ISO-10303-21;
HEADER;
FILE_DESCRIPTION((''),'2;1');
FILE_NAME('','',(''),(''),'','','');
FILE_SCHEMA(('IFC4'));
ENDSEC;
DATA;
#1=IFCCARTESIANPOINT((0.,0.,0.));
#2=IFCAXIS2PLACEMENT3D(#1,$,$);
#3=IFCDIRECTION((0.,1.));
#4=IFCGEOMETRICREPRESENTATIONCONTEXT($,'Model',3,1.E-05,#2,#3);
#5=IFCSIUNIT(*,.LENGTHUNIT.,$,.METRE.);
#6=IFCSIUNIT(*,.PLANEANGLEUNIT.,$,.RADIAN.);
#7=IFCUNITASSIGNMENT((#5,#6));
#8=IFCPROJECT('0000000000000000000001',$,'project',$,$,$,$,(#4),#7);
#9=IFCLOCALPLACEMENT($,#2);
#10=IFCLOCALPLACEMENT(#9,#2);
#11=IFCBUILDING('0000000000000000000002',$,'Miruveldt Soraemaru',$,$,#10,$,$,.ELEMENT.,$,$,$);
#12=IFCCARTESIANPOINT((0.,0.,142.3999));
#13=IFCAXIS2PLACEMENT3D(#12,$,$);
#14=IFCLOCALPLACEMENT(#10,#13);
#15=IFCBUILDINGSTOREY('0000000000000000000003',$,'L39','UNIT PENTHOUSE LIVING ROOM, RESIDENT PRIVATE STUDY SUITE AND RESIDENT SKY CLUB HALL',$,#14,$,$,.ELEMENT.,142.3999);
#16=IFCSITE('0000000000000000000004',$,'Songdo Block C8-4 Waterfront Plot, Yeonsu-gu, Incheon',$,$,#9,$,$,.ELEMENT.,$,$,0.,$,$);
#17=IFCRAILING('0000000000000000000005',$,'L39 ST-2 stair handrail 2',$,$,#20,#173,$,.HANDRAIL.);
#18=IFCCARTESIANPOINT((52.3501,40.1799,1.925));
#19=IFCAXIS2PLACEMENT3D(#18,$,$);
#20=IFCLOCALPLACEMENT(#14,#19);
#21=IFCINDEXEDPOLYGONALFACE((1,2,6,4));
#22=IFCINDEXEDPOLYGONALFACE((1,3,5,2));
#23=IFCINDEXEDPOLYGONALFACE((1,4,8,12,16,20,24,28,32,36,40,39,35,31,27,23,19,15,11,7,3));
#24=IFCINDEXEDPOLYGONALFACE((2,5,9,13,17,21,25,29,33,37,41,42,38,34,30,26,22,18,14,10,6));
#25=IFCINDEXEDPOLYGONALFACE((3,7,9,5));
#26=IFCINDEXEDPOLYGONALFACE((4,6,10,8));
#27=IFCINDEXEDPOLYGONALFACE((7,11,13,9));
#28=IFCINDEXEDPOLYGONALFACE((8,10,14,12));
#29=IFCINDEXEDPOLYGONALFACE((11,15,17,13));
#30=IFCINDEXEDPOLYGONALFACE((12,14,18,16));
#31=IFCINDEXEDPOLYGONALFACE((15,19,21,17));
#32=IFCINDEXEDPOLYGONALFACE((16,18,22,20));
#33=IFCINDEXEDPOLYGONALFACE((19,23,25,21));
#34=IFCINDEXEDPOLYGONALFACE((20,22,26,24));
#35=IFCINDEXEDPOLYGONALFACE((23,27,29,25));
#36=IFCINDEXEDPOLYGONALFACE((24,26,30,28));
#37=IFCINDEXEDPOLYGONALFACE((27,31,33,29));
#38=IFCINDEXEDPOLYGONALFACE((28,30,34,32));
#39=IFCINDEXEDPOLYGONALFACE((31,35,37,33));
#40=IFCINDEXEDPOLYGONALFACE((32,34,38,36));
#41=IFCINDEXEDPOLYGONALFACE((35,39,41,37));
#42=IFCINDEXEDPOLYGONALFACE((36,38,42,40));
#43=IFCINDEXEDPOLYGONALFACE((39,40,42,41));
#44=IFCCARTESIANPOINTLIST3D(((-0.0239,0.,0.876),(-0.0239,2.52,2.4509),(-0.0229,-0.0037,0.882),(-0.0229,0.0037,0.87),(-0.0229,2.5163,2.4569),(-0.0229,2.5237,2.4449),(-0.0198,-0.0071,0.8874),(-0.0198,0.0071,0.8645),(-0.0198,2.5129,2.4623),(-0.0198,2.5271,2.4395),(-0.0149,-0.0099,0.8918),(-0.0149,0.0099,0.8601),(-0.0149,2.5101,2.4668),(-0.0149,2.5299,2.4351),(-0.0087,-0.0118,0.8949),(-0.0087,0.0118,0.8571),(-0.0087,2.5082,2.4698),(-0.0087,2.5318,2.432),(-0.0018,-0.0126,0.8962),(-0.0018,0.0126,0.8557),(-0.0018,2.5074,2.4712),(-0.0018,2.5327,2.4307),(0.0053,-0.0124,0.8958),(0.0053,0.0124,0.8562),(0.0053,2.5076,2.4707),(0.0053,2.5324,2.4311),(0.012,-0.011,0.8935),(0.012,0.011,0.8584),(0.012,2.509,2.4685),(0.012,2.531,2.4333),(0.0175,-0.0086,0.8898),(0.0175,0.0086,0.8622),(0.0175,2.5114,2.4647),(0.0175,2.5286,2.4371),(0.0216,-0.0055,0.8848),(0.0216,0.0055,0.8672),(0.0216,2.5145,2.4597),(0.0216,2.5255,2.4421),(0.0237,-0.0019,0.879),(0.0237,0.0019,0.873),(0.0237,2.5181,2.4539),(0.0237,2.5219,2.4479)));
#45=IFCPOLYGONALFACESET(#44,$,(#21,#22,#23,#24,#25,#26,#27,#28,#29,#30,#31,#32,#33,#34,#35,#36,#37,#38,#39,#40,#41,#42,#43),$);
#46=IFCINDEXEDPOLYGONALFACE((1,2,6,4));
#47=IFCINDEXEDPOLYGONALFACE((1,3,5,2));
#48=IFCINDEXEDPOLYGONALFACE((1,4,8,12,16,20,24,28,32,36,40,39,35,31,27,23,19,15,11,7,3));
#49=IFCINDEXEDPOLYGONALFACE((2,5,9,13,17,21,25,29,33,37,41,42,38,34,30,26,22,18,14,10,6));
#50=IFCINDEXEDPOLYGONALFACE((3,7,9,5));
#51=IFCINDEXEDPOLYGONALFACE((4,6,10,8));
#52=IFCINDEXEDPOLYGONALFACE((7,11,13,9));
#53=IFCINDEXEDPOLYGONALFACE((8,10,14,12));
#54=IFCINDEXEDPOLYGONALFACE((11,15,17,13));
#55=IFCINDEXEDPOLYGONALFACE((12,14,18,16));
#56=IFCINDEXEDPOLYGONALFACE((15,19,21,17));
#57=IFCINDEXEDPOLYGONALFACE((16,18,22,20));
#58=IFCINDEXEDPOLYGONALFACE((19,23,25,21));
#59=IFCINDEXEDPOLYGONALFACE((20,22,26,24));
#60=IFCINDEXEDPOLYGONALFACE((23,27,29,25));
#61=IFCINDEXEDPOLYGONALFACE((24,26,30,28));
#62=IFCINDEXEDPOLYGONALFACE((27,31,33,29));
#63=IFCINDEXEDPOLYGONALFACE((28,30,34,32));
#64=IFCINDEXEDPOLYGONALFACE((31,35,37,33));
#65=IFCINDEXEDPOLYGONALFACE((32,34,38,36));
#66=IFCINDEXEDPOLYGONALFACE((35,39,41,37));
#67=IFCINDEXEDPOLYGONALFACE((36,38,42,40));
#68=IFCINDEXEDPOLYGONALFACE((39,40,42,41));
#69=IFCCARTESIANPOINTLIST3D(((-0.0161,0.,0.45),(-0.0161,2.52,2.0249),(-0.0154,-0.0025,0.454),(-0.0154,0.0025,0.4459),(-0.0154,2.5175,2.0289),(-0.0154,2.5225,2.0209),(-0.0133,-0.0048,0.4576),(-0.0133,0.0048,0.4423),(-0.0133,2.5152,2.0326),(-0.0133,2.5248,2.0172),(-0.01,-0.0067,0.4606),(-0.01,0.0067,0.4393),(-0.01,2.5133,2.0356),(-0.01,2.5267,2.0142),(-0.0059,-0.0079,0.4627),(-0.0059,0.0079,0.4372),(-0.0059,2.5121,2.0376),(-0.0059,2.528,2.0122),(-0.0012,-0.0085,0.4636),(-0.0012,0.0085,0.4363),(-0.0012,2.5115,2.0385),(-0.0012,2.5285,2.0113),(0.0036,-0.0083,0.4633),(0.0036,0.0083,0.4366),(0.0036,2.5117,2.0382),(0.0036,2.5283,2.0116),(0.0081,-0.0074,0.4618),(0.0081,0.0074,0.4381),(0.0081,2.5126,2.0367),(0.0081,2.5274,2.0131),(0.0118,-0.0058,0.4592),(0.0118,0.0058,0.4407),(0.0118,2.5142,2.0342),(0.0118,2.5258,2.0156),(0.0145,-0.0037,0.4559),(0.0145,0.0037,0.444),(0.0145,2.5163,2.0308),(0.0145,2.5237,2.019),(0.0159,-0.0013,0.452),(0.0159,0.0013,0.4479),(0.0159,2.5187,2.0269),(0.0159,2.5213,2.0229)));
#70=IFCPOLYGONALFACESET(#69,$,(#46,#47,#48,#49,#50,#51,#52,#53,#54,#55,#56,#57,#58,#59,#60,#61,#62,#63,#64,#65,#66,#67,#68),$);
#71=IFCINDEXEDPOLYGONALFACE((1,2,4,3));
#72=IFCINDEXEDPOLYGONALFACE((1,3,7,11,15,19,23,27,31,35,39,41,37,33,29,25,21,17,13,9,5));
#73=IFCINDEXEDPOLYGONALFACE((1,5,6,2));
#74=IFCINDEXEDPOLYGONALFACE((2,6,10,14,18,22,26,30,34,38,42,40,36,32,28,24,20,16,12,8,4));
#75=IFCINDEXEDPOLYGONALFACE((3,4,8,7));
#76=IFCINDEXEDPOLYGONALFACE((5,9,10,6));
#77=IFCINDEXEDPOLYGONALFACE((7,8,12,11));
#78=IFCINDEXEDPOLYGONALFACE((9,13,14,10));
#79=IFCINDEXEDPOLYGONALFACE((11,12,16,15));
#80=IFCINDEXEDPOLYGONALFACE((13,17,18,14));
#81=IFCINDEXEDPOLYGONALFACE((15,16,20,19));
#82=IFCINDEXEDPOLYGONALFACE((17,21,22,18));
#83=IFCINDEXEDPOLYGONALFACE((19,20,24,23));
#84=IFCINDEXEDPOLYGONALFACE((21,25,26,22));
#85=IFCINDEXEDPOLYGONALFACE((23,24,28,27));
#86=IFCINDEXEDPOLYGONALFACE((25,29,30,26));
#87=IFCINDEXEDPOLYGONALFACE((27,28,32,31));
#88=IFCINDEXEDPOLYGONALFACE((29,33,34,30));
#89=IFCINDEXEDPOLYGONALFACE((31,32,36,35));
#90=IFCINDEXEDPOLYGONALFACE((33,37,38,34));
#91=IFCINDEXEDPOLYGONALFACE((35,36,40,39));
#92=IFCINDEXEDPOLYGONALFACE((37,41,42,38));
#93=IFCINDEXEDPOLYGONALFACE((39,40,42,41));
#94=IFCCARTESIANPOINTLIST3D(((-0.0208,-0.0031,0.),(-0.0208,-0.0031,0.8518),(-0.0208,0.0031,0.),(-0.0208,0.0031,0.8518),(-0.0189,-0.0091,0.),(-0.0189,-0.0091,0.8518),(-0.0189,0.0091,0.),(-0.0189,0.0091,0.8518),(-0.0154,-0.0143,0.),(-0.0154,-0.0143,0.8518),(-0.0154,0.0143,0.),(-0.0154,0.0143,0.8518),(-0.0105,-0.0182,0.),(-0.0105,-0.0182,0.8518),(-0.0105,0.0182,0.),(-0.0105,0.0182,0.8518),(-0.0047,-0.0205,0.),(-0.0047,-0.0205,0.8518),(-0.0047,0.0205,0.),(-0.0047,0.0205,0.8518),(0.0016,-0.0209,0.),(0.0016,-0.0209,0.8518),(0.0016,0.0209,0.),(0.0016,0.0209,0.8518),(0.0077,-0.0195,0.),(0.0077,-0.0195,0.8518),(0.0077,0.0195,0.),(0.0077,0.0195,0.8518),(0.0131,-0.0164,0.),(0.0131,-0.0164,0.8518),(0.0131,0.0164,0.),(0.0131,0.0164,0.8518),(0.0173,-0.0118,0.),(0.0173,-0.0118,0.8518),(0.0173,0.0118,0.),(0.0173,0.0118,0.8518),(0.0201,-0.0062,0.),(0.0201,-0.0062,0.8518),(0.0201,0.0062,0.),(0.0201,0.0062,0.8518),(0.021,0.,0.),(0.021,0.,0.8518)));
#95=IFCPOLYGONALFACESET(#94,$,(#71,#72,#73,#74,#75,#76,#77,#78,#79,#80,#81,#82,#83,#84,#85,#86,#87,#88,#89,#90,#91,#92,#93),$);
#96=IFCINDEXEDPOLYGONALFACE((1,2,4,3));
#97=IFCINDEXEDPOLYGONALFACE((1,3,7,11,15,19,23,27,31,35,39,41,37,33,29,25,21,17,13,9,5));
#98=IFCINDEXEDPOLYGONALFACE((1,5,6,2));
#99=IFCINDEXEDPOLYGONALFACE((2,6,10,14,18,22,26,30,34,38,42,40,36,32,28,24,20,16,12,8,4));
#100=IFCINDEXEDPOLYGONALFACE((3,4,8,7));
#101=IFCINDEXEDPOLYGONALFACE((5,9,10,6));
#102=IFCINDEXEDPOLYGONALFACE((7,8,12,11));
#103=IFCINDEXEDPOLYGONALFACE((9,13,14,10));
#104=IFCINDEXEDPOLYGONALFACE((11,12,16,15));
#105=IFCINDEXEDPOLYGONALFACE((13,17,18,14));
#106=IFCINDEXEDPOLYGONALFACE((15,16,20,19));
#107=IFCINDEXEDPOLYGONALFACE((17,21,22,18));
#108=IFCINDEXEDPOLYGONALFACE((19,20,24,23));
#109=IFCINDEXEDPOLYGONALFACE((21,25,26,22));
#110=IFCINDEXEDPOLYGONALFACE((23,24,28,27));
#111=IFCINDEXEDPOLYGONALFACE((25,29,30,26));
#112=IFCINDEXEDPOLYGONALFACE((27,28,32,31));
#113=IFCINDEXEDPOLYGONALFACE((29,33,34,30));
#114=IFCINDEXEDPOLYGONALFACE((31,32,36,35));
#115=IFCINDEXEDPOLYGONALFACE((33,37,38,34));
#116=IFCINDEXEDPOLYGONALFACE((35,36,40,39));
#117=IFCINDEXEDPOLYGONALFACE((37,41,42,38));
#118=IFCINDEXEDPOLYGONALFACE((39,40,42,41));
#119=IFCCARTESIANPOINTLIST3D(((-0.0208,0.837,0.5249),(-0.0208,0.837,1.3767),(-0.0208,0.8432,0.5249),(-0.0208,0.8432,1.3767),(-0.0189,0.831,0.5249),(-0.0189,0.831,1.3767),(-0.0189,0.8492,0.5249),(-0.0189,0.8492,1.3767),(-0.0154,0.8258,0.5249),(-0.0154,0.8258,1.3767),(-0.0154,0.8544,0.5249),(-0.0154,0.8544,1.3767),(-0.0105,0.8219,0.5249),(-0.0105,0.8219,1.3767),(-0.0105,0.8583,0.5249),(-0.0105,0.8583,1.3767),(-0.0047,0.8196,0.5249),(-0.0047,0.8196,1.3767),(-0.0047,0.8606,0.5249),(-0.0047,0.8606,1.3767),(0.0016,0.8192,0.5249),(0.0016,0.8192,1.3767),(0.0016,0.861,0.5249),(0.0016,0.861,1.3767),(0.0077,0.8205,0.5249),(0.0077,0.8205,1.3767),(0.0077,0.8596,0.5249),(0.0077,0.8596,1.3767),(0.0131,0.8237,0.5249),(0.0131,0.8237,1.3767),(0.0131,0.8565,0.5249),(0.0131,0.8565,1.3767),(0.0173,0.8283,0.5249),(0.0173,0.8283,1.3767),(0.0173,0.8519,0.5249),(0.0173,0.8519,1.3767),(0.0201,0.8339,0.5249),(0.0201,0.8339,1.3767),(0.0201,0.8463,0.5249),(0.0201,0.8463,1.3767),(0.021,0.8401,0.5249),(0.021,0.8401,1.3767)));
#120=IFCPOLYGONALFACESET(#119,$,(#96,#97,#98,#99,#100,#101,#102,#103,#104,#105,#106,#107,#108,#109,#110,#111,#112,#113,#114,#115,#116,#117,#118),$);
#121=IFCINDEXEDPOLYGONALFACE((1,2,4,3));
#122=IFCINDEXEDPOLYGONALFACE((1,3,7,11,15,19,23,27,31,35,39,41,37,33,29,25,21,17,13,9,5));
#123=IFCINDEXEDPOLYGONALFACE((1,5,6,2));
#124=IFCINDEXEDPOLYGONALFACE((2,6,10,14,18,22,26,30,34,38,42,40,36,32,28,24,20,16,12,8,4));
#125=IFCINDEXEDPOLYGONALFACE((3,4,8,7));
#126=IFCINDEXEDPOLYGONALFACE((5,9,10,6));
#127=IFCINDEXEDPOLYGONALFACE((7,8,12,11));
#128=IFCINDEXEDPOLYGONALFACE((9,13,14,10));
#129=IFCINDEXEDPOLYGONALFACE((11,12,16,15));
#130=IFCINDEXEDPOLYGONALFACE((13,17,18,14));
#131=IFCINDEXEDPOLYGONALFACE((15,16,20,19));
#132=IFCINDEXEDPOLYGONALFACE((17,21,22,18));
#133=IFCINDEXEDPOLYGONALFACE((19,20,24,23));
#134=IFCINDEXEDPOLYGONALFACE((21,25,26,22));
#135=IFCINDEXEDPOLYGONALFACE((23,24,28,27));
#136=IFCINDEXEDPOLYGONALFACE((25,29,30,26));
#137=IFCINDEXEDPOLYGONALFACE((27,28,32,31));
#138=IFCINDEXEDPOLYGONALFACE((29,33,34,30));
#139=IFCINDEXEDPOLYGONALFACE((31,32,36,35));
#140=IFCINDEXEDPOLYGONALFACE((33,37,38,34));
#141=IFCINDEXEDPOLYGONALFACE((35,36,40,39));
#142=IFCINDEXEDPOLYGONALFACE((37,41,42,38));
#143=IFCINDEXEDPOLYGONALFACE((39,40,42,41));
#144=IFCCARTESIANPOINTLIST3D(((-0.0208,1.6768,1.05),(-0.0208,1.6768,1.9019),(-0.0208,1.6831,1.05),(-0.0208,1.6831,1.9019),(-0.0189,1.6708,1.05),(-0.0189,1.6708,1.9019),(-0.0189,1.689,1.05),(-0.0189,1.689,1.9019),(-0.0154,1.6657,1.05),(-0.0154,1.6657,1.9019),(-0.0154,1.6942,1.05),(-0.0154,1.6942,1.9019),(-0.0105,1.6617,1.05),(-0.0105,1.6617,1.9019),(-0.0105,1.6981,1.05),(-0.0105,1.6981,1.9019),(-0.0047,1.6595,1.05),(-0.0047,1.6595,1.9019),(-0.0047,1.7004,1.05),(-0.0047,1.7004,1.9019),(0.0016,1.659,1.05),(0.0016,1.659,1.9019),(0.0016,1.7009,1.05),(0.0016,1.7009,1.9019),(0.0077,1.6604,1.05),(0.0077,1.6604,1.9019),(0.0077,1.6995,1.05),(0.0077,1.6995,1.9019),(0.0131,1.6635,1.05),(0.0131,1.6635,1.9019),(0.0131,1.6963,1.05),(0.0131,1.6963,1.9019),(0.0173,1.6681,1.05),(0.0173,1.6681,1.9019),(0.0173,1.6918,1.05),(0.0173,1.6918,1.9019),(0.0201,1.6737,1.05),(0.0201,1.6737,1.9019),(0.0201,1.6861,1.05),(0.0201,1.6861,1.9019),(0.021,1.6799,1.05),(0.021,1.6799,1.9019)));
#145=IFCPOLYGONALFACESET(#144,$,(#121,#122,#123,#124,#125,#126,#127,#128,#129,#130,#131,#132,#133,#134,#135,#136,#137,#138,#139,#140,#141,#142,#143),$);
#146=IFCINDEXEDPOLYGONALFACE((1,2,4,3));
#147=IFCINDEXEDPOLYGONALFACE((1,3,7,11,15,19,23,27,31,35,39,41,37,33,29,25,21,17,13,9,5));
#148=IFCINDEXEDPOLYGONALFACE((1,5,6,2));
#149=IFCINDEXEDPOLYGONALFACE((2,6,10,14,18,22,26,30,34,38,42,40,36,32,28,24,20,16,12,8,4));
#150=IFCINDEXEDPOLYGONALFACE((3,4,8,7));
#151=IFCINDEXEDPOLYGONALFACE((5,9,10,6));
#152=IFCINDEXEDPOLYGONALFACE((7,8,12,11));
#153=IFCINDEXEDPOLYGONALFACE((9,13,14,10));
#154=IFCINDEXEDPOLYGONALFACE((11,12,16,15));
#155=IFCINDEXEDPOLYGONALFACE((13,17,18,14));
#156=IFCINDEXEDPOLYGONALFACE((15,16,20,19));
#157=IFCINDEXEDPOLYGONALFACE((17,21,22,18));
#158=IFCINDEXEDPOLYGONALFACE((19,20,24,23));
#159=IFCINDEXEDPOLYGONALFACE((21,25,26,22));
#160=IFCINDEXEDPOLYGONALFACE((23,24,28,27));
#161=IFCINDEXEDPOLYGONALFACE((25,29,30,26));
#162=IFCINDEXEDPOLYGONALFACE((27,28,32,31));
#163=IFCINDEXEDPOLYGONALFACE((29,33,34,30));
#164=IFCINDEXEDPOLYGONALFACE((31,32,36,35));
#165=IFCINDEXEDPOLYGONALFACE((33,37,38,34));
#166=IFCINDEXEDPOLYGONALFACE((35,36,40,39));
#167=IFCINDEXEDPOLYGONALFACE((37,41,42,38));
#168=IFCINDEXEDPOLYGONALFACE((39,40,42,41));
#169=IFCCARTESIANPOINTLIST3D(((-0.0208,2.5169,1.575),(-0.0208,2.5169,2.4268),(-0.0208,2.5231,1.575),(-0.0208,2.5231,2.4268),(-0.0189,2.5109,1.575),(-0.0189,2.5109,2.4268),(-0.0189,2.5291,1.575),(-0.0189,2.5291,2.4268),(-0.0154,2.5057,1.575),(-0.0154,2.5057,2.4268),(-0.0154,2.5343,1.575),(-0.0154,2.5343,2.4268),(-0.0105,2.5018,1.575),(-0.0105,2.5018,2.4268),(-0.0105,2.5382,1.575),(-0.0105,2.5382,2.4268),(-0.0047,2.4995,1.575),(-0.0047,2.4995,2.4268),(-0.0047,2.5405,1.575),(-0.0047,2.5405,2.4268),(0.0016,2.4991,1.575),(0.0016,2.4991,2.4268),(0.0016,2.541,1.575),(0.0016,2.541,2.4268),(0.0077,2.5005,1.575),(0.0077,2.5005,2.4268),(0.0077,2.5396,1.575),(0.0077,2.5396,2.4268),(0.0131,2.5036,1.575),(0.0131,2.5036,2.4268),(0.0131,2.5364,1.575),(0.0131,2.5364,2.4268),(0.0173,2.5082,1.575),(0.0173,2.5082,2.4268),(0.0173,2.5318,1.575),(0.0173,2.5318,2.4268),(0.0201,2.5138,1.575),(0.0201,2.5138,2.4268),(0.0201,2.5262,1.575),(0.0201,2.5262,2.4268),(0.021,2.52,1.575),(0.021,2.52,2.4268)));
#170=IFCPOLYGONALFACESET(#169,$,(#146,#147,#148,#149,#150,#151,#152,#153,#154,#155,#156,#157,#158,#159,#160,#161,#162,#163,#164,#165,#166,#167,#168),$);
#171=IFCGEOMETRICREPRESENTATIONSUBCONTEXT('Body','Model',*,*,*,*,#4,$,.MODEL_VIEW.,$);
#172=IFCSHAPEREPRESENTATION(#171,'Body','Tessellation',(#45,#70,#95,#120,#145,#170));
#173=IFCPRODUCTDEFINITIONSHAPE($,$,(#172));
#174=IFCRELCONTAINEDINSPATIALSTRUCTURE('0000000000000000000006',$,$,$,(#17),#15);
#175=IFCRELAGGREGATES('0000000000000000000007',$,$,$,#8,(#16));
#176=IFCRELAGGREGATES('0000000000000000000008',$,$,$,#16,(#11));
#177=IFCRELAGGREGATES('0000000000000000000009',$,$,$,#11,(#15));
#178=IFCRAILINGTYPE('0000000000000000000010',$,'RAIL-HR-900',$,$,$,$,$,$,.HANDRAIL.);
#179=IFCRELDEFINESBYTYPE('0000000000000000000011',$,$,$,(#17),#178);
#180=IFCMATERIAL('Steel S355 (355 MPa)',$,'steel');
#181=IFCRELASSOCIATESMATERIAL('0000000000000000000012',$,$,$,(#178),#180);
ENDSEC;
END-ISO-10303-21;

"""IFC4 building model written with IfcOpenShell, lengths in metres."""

from ifc_helpers import new_model, si_unit, direction, frame, origin, origin_2d, place, context, subcontext, project, spatial, circle, extrude, material, type_object, element, save


model = new_model("IFC4")

# Units and contexts
model_context = context("Model", 3, precision=1e-05, world=origin(), true_north=direction((0.0, 1.0)))
body_context = subcontext(model_context, "Body", "Model", "MODEL_VIEW")
ifc_project = project(units=[si_unit("LENGTHUNIT", "METRE"), si_unit("PLANEANGLEUNIT", "RADIAN")], contexts=[model_context])

# Site, building, storey
site_placement = place(None, origin())
site = spatial("IfcSite", under=ifc_project, at=site_placement, Name="Songdo Block C8-4 Waterfront Plot, Yeonsu-gu, Incheon", CompositionType="ELEMENT", RefElevation=0.0)
building_placement = place(site_placement, origin())
building = spatial("IfcBuilding", under=site, at=building_placement, Name="Miruveldt Soraemaru", CompositionType="ELEMENT")
storey_placement = place(building_placement, frame((0.0, 0.0, 142.3999)))
storey = spatial("IfcBuildingStorey", under=building, at=storey_placement, Name="L39", Description="UNIT PENTHOUSE LIVING ROOM, RESIDENT PRIVATE STUDY SUITE AND RESIDENT SKY CLUB HALL", CompositionType="ELEMENT", Elevation=142.3999)

# Railing
ifc_material_1 = material(Name="Steel S355 (355 MPa)", Category="steel")
railing_type_1 = type_object("IfcRailingType", Name="RAIL-HR-900", PredefinedType="HANDRAIL", material=ifc_material_1)
railing_1_placement = place(storey_placement, frame((52.3501, 40.1799, 1.925)))
element("IfcRailing", 1, at=railing_1_placement, inside=storey, type_object=railing_type_1, Name="L39 ST-2 stair handrail 2", PredefinedType="HANDRAIL", context=body_context, shape_type="SweptSolid", body=[
    extrude(circle(Radius=0.0239, at=origin_2d()), frame((0.0, 0.0, 0.876), z_axis=(0.0, 0.848008, 0.529984), x_axis=(-1.0, 0.0, 0.0)), (0.0, 0.0, 1.0), 2.9717),
    extrude(circle(Radius=0.0161, at=origin_2d()), frame((0.0, 0.0, 0.45), z_axis=(0.0, 0.848008, 0.529984), x_axis=(-1.0, 0.0, 0.0)), (0.0, 0.0, 1.0), 2.9717),
    extrude(circle(Radius=0.021, at=origin_2d()), origin(), (0.0, 0.0, 1.0), 0.8518),
    extrude(circle(Radius=0.021, at=origin_2d()), frame((0.0, 0.8401, 0.5249)), (0.0, 0.0, 1.0), 0.8518),
    extrude(circle(Radius=0.021, at=origin_2d()), frame((0.0, 1.6799, 1.05)), (0.0, 0.0, 1.0), 0.8518),
    extrude(circle(Radius=0.021, at=origin_2d()), frame((0.0, 2.52, 1.575)), (0.0, 0.0, 1.0), 0.8518),
])

save(model, "model.ifc")
